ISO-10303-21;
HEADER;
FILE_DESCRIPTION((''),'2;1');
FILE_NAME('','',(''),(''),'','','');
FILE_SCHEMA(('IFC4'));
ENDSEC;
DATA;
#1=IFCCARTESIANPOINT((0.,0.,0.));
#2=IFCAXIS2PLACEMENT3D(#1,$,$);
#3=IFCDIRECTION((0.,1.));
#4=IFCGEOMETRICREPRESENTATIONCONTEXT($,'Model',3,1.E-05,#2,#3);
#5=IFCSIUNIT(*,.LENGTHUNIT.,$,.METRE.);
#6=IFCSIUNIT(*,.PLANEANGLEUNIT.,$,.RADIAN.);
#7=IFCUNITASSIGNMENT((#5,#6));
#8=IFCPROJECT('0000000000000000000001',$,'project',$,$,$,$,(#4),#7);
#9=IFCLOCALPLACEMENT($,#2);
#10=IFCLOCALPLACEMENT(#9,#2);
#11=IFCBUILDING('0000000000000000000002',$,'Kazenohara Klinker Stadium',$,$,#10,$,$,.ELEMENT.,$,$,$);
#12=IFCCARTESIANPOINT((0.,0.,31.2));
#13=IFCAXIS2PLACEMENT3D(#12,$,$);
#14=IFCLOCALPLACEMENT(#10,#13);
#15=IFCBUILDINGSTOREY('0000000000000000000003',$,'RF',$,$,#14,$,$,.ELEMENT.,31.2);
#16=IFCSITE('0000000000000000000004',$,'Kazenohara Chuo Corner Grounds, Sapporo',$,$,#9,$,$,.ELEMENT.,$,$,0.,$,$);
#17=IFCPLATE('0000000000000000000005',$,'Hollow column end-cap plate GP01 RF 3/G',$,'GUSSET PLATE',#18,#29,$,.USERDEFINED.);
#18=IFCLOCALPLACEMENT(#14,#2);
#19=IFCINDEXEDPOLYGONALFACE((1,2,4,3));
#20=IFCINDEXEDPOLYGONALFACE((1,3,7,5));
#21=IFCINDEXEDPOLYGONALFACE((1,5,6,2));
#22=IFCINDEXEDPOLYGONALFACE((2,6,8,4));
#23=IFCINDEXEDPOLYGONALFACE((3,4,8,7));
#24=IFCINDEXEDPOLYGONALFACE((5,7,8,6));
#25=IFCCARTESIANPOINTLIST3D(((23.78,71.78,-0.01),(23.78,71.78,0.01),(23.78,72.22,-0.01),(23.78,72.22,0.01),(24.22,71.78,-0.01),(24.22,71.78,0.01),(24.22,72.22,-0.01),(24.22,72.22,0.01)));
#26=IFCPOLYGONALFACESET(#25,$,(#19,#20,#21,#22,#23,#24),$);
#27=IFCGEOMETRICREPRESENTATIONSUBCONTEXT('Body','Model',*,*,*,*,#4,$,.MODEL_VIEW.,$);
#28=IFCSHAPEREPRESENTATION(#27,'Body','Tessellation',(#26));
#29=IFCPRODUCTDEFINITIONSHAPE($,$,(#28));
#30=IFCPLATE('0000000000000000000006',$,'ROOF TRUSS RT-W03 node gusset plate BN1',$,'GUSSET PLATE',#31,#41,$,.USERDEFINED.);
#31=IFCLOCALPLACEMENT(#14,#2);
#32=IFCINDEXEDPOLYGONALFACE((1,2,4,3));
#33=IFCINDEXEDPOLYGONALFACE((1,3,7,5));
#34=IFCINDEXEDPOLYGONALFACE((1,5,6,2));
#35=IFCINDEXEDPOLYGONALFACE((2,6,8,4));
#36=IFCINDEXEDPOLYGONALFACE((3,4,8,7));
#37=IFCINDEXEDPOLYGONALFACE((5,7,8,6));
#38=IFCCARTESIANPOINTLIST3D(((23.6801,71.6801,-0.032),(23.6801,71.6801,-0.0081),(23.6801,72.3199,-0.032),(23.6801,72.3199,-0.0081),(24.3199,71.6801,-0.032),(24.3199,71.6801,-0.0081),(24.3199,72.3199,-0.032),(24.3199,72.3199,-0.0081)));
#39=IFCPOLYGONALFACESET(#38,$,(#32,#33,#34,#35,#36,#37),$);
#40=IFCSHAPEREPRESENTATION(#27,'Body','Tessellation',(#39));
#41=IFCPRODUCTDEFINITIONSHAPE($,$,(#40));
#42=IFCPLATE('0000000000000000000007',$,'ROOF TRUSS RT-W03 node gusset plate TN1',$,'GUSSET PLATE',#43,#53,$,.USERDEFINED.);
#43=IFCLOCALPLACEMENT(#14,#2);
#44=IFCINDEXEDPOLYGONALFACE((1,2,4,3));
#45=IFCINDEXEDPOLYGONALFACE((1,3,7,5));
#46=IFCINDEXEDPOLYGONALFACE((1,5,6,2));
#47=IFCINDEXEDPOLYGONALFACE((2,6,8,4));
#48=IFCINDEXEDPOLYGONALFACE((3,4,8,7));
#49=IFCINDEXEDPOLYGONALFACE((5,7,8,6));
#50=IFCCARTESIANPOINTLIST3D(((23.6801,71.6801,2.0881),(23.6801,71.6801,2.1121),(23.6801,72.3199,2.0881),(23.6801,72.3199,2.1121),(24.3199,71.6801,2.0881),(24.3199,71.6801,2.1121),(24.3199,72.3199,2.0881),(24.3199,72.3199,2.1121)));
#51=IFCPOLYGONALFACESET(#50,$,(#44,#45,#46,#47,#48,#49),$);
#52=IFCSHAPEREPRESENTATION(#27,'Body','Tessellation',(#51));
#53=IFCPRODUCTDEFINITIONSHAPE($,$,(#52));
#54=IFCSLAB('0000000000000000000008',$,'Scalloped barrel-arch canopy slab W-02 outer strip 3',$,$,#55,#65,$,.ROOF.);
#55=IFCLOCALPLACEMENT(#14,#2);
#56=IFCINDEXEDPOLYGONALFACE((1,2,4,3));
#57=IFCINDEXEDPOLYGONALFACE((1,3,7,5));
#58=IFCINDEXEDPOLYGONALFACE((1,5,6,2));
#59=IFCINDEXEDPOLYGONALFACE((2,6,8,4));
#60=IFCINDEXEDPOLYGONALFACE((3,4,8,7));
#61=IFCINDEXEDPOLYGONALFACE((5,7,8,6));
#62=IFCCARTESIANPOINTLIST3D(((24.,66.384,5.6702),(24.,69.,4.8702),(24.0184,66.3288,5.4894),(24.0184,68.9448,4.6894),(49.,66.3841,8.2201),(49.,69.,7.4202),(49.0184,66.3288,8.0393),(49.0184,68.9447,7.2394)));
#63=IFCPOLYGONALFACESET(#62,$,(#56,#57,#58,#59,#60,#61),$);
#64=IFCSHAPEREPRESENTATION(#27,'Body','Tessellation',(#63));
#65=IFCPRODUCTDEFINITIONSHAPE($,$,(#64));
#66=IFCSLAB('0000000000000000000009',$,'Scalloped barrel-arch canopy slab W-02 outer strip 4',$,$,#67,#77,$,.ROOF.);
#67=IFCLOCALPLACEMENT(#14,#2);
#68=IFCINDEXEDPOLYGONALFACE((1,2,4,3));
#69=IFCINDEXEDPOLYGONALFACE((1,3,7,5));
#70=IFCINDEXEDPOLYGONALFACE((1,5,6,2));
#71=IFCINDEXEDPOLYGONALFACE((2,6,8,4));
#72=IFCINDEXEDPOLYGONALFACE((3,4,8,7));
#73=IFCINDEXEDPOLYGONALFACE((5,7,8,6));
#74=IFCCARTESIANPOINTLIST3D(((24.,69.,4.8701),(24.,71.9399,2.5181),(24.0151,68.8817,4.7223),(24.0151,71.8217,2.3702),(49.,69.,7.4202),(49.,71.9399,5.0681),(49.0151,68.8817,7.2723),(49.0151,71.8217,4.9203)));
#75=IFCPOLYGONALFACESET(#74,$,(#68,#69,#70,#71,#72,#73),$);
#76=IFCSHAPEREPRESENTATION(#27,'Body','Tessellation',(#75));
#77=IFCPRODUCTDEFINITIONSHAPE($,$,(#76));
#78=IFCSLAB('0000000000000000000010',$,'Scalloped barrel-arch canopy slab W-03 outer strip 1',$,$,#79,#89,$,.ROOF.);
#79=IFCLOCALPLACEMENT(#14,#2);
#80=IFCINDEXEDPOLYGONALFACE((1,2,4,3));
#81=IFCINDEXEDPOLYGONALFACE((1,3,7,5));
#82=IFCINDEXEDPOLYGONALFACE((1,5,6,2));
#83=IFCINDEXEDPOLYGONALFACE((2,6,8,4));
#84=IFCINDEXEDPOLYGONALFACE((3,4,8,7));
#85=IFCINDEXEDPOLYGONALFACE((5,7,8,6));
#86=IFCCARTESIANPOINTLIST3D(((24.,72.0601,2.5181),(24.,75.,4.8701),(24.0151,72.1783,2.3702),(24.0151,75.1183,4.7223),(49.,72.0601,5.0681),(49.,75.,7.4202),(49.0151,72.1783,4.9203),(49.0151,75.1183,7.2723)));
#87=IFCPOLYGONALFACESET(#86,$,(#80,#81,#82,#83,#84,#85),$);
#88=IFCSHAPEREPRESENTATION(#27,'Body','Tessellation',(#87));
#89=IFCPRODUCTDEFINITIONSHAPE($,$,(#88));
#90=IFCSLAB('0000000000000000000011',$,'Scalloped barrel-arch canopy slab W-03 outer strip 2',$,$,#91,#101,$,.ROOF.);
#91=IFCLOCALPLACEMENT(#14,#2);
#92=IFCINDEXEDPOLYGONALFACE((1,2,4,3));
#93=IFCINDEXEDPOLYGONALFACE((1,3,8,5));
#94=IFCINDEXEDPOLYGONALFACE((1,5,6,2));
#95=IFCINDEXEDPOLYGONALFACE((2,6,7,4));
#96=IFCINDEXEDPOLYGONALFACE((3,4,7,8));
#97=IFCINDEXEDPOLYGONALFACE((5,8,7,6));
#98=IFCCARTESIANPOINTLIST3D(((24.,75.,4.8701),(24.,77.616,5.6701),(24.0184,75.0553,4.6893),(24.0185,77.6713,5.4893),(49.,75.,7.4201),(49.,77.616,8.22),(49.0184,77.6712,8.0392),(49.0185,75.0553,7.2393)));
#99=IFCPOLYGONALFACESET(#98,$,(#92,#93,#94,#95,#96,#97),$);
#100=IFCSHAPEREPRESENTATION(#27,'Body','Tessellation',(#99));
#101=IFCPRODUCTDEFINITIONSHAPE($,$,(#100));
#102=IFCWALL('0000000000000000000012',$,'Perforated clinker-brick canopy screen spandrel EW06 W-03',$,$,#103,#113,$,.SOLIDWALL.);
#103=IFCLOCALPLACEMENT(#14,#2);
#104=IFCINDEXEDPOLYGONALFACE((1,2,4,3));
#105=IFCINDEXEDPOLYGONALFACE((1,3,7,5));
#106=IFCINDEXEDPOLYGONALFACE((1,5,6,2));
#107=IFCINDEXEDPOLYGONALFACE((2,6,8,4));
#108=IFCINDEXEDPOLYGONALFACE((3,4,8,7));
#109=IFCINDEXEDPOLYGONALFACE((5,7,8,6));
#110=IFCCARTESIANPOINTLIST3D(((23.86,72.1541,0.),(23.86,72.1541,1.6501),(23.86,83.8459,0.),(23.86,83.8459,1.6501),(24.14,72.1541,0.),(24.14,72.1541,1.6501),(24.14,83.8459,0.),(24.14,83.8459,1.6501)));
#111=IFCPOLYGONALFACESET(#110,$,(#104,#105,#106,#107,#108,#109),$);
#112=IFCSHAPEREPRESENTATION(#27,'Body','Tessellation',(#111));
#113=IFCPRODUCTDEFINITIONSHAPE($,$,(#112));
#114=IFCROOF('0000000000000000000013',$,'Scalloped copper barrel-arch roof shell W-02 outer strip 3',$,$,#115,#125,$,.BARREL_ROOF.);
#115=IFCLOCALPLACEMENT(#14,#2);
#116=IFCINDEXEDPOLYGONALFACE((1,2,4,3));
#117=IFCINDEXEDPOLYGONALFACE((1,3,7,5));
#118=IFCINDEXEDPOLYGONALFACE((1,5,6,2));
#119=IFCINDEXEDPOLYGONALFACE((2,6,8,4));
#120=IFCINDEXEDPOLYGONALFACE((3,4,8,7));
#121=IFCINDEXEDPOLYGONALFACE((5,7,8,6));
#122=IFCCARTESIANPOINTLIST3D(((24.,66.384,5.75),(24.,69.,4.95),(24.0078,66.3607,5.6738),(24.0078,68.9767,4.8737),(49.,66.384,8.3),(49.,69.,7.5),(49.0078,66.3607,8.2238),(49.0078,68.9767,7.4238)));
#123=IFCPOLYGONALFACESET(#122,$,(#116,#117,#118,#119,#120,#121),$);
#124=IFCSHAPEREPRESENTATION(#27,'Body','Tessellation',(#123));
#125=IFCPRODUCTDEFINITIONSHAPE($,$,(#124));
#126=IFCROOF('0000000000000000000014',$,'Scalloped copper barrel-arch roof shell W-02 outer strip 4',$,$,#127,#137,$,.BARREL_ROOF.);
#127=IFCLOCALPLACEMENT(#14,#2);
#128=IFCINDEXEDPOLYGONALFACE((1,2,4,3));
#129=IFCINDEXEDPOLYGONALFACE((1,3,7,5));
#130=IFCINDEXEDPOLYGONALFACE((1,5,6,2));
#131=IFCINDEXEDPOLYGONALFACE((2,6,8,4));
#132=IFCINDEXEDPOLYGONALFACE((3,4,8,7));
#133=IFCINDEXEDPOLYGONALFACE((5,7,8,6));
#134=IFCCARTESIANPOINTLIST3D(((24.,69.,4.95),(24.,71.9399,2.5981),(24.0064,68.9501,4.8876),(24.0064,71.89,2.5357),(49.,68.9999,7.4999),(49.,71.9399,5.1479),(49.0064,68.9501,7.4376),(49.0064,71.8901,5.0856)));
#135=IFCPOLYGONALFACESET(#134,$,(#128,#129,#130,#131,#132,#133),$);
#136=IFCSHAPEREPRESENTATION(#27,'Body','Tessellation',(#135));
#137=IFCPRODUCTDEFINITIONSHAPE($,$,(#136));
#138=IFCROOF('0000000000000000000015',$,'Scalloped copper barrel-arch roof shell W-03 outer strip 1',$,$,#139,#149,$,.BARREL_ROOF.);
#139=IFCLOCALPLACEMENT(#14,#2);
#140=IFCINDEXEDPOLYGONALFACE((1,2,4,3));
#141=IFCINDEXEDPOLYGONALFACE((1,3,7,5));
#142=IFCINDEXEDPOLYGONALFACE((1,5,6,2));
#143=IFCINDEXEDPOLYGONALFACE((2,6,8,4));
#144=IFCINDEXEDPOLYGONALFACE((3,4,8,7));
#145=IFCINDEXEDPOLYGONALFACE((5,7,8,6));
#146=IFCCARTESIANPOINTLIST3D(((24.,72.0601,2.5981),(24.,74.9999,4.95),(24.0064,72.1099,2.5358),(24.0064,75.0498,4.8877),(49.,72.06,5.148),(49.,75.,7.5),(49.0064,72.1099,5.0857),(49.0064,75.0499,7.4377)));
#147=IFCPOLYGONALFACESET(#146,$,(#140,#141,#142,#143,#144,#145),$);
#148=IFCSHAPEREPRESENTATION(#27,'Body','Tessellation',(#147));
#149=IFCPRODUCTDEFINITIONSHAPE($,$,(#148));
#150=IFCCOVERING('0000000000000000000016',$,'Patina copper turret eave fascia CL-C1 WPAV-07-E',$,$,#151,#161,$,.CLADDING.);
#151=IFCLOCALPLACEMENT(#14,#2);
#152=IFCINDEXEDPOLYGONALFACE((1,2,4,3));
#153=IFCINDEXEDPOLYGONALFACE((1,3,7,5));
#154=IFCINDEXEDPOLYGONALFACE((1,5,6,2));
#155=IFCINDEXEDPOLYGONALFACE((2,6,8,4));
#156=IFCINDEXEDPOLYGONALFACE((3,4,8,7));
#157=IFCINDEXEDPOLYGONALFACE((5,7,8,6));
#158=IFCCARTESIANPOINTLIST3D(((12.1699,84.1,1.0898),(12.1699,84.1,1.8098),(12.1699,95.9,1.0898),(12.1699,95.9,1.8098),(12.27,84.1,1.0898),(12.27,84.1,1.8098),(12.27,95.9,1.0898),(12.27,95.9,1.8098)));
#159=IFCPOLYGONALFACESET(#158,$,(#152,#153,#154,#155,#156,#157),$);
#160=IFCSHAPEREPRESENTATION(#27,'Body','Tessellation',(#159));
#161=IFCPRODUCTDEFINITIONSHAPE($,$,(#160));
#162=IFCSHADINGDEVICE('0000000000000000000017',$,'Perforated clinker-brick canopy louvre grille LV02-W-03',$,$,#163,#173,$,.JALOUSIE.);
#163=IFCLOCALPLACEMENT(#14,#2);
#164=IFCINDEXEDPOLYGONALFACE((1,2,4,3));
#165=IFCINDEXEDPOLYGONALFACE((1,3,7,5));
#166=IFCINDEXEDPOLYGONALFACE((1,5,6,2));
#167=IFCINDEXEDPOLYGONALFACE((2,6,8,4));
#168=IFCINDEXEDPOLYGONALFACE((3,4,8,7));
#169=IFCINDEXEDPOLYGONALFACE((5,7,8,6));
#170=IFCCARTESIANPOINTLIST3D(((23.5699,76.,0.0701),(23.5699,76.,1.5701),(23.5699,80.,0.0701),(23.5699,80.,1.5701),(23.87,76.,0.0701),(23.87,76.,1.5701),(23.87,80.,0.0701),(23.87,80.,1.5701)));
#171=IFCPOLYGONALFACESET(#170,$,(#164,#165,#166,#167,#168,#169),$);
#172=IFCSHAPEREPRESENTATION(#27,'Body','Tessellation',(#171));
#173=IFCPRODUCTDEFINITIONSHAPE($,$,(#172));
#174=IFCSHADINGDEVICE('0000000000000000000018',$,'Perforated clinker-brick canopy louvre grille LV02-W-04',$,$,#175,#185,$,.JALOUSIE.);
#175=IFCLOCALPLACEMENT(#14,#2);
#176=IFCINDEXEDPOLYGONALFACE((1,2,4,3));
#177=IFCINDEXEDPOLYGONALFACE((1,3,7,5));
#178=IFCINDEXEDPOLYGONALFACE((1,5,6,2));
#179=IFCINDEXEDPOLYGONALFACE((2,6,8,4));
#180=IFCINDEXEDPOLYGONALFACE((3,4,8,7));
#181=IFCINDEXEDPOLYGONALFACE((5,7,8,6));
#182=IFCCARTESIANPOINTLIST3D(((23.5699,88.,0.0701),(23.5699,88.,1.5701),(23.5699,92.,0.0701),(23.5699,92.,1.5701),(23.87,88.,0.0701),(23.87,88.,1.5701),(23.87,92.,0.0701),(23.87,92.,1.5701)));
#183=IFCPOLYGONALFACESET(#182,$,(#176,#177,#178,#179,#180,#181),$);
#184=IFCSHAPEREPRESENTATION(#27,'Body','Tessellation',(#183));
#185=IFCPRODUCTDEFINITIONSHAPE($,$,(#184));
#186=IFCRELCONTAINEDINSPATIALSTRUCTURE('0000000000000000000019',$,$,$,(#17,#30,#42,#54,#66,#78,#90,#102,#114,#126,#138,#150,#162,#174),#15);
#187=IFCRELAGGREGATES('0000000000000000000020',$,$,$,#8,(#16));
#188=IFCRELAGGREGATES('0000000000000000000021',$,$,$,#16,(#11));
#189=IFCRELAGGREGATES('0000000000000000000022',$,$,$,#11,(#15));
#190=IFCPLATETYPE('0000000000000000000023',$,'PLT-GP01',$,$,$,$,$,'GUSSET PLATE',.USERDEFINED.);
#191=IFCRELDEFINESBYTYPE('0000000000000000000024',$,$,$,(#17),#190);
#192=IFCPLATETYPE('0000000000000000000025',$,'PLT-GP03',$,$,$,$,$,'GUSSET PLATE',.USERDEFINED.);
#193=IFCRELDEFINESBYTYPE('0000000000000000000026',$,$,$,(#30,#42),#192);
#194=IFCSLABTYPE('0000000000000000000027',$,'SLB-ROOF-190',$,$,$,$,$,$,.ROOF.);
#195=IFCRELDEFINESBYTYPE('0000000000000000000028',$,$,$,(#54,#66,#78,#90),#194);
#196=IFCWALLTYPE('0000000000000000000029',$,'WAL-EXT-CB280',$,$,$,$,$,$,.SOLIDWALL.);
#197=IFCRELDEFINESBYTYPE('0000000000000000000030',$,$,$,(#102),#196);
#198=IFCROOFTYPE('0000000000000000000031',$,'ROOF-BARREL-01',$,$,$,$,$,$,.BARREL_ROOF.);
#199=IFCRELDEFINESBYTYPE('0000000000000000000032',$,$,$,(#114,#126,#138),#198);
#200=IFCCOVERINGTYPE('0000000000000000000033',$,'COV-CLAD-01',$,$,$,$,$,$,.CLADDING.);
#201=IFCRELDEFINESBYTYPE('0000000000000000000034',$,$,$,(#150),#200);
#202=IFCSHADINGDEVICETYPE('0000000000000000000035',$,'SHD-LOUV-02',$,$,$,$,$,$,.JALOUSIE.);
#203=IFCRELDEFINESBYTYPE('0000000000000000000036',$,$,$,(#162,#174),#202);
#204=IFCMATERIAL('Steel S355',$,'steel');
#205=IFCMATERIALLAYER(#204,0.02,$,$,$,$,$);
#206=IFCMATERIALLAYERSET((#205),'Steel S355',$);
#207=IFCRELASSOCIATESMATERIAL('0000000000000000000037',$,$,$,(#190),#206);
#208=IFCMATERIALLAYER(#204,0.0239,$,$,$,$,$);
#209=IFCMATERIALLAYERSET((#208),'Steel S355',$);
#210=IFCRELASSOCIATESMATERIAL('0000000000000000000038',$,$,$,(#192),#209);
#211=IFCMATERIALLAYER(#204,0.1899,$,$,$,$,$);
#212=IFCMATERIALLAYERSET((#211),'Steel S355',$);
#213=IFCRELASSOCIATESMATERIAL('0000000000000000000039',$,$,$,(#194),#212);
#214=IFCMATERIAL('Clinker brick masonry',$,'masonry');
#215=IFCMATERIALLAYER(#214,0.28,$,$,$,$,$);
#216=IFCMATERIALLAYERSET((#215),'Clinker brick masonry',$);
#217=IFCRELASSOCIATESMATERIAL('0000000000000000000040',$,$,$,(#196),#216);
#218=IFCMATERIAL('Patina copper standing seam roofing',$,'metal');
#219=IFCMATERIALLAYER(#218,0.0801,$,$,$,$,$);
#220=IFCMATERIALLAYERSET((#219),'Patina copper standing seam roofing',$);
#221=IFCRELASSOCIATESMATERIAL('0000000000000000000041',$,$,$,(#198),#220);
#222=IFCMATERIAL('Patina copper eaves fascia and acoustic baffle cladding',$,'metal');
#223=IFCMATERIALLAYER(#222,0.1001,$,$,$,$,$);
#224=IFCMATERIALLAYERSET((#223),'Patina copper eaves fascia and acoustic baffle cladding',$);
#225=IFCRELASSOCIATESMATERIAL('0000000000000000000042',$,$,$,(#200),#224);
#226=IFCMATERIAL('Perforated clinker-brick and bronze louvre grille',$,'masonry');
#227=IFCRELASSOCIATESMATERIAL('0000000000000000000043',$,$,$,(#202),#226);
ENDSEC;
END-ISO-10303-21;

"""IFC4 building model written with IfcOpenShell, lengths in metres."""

from ifc_helpers import new_model, si_unit, direction, frame, frame_2d, origin, origin_2d, place, context, subcontext, project, spatial, polyline, rectangle, outline, extrude, material, layer, layer_set, type_object, element, save


model = new_model("IFC4")

# Units and contexts
model_context = context("Model", 3, precision=1e-05, world=origin(), true_north=direction((0.0, 1.0)))
body_context = subcontext(model_context, "Body", "Model", "MODEL_VIEW")
ifc_project = project(units=[si_unit("LENGTHUNIT", "METRE"), si_unit("PLANEANGLEUNIT", "RADIAN")], contexts=[model_context])

# Site, building, storey
site_placement = place(None, origin())
site = spatial("IfcSite", under=ifc_project, at=site_placement, Name="Kazenohara Chuo Corner Grounds, Sapporo", CompositionType="ELEMENT", RefElevation=0.0)
building_placement = place(site_placement, origin())
building = spatial("IfcBuilding", under=site, at=building_placement, Name="Kazenohara Klinker Stadium", CompositionType="ELEMENT")
storey_placement = place(building_placement, frame((0.0, 0.0, 31.2)))
storey = spatial("IfcBuildingStorey", under=building, at=storey_placement, Name="RF", CompositionType="ELEMENT", Elevation=31.2)

# Shared definitions
ifc_material_1 = material(Name="Steel S355", Category="steel")

# Plates
ifc_layer_1 = layer(ifc_material_1, 0.02)
ifc_layer_set_1 = layer_set([ifc_layer_1], Name="Steel S355")
plate_type_1 = type_object("IfcPlateType", Name="PLT-GP01", ElementType="GUSSET PLATE", PredefinedType="USERDEFINED", material=ifc_layer_set_1)
plate_1_placement = place(storey_placement, frame((24.0, 72.0, -0.01), z_axis=(0.0, 0.0, 1.0), x_axis=(1.0, 0.0, 0.0)))
element("IfcPlate", 1, at=plate_1_placement, inside=storey, type_object=plate_type_1, Name="Hollow column end-cap plate GP01 RF 3/G", ObjectType="GUSSET PLATE", PredefinedType="USERDEFINED", context=body_context, shape_type="SweptSolid", body=[
    extrude(rectangle(XDim=0.4399, YDim=0.4399, at=origin_2d()), origin(), (0.0, 0.0, 1.0), 0.02),
])
ifc_layer_2 = layer(ifc_material_1, 0.0239)
ifc_layer_set_2 = layer_set([ifc_layer_2], Name="Steel S355")
plate_type_2 = type_object("IfcPlateType", Name="PLT-GP03", ElementType="GUSSET PLATE", PredefinedType="USERDEFINED", material=ifc_layer_set_2)
for number, where, z_axis, x_axis, name in (
    (2, (24.0, 72.0, -0.032), (0.0, 0.0, 1.0), (1.0, 0.0, 0.0), "ROOF TRUSS RT-W03 node gusset plate BN1"),
    (3, (24.0, 72.0, 2.0881), (0.0, 0.0, 1.0), (1.0, 0.0, 0.0), "ROOF TRUSS RT-W03 node gusset plate TN1"),
):
    element("IfcPlate", number, at=place(storey_placement, frame(where, z_axis=z_axis, x_axis=x_axis)), inside=storey, type_object=plate_type_2, Name=name, ObjectType="GUSSET PLATE", PredefinedType="USERDEFINED", context=body_context, shape_type="SweptSolid", body=[
        extrude(rectangle(XDim=0.6399, YDim=0.6399, at=origin_2d()), origin(), (0.0, 0.0, 1.0), 0.0239),
    ])

# Slabs
ifc_layer_3 = layer(ifc_material_1, 0.1899)
ifc_layer_set_3 = layer_set([ifc_layer_3], Name="Steel S355")
slab_type = type_object("IfcSlabType", Name="SLB-ROOF-190", PredefinedType="ROOF", material=ifc_layer_set_3)
slab_1_placement = place(storey_placement, frame((24.0, 66.384, 5.6702), z_axis=(-0.097078, 0.291039, 0.951773), x_axis=(0.994839, 0.000001, 0.10147)))
element("IfcSlab", 4, at=slab_1_placement, inside=storey, type_object=slab_type, Name="Scalloped barrel-arch canopy slab W-02 outer strip 3", PredefinedType="ROOF", context=body_context, shape_type="SweptSolid", body=[
    extrude(outline(polyline([(0.0, 0.0), (25.1297, 0.0), (25.0485, 2.7343), (-0.0812, 2.7344), (0.0, 0.0)])), origin(), (0.0, 0.0, -1.0), 0.1899),
])
slab_2_placement = place(storey_placement, frame((24.0, 69.0, 4.8701), z_axis=(-0.079397, 0.622739, 0.778391), x_axis=(0.994838, 0.0, 0.101475)))
element("IfcSlab", 5, at=slab_2_placement, inside=storey, type_object=slab_type, Name="Scalloped barrel-arch canopy slab W-02 outer strip 4", PredefinedType="ROOF", context=body_context, shape_type="SweptSolid", body=[
    extrude(outline(polyline([(0.0, 0.0), (25.1297, 0.0), (24.891, 3.7575), (-0.2387, 3.7575), (0.0, 0.0)])), origin(), (0.0, 0.0, -1.0), 0.1899),
])
slab_3_placement = place(storey_placement, frame((24.0, 72.0601, 2.5181), z_axis=(-0.079397, -0.622739, 0.778391), x_axis=(0.994838, 0.0, 0.101475)))
element("IfcSlab", 6, at=slab_3_placement, inside=storey, type_object=slab_type, Name="Scalloped barrel-arch canopy slab W-03 outer strip 1", PredefinedType="ROOF", context=body_context, shape_type="SweptSolid", body=[
    extrude(outline(polyline([(0.0, 0.0), (25.1297, 0.0), (25.3684, 3.7575), (0.2387, 3.7575), (0.0, 0.0)])), origin(), (0.0, 0.0, -1.0), 0.1899),
])
slab_4_placement = place(storey_placement, frame((24.0, 75.0, 4.8701), z_axis=(-0.097078, -0.291039, 0.951773), x_axis=(0.994838, 0.000001, 0.101471)))
element("IfcSlab", 7, at=slab_4_placement, inside=storey, type_object=slab_type, Name="Scalloped barrel-arch canopy slab W-03 outer strip 2", PredefinedType="ROOF", context=body_context, shape_type="SweptSolid", body=[
    extrude(outline(polyline([(0.0, 0.0), (25.1297, 0.0), (25.2109, 2.7343), (0.0812, 2.7344), (0.0, 0.0)])), origin(), (0.0, 0.0, -1.0), 0.1899),
])

# Wall
ifc_material_2 = material(Name="Clinker brick masonry", Category="masonry")
ifc_layer_4 = layer(ifc_material_2, 0.28)
ifc_layer_set_4 = layer_set([ifc_layer_4], Name="Clinker brick masonry")
wall_type = type_object("IfcWallType", Name="WAL-EXT-CB280", PredefinedType="SOLIDWALL", material=ifc_layer_set_4)
wall_placement = place(storey_placement, frame((24.0, 72.1541, 0.0), z_axis=(0.0, 0.0, 1.0), x_axis=(0.0, 1.0, 0.0)))
element("IfcWall", 8, at=wall_placement, inside=storey, type_object=wall_type, Name="Perforated clinker-brick canopy screen spandrel EW06 W-03", PredefinedType="SOLIDWALL", context=body_context, shape_type="SweptSolid", body=[
    extrude(rectangle(XDim=11.6919, YDim=0.28, at=frame_2d((5.8459, 0.0))), origin(), (0.0, 0.0, 1.0), 1.6501),
])

# Roofs
ifc_material_3 = material(Name="Patina copper standing seam roofing", Category="metal")
ifc_layer_5 = layer(ifc_material_3, 0.0801)
ifc_layer_set_5 = layer_set([ifc_layer_5], Name="Patina copper standing seam roofing")
roof_type = type_object("IfcRoofType", Name="ROOF-BARREL-01", PredefinedType="BARREL_ROOF", material=ifc_layer_set_5)
roof_1_placement = place(storey_placement, frame((24.0, 66.384, 5.75), z_axis=(-0.097081, 0.29108, 0.95176), x_axis=(0.994838, 0.0, 0.101475)))
element("IfcRoof", 9, at=roof_1_placement, inside=storey, type_object=roof_type, Name="Scalloped copper barrel-arch roof shell W-02 outer strip 3", PredefinedType="BARREL_ROOF", context=body_context, shape_type="SweptSolid", body=[
    extrude(outline(polyline([(0.0, 0.0), (25.1297, 0.0), (25.0485, 2.7344), (-0.0812, 2.7344), (0.0, 0.0)])), origin(), (0.0, 0.0, -1.0), 0.0801),
])
roof_2_placement = place(storey_placement, frame((24.0, 69.0, 4.95), z_axis=(-0.079395, 0.622719, 0.778407), x_axis=(0.994838, -0.000002, 0.101472)))
element("IfcRoof", 10, at=roof_2_placement, inside=storey, type_object=roof_type, Name="Scalloped copper barrel-arch roof shell W-02 outer strip 4", PredefinedType="BARREL_ROOF", context=body_context, shape_type="SweptSolid", body=[
    extrude(outline(polyline([(0.0, 0.0), (25.1297, 0.0), (24.891, 3.7575), (-0.2387, 3.7573), (0.0, 0.0)])), origin(), (0.0, 0.0, -1.0), 0.0801),
])
roof_3_placement = place(storey_placement, frame((24.0, 72.0601, 2.5981), z_axis=(-0.079395, -0.622719, 0.778407), x_axis=(0.994839, -0.000002, 0.101469)))
element("IfcRoof", 11, at=roof_3_placement, inside=storey, type_object=roof_type, Name="Scalloped copper barrel-arch roof shell W-03 outer strip 1", PredefinedType="BARREL_ROOF", context=body_context, shape_type="SweptSolid", body=[
    extrude(outline(polyline([(0.0, 0.0), (25.1297, 0.0), (25.3683, 3.7575), (0.2386, 3.7573), (0.0, 0.0)])), origin(), (0.0, 0.0, -1.0), 0.0801),
])

# Covering
ifc_material_4 = material(Name="Patina copper eaves fascia and acoustic baffle cladding", Category="metal")
ifc_layer_6 = layer(ifc_material_4, 0.1001)
ifc_layer_set_6 = layer_set([ifc_layer_6], Name="Patina copper eaves fascia and acoustic baffle cladding")
covering_type = type_object("IfcCoveringType", Name="COV-CLAD-01", PredefinedType="CLADDING", material=ifc_layer_set_6)
covering_placement = place(storey_placement, frame((12.22, 90.0, 1.0898), z_axis=(0.0, 0.0, 1.0), x_axis=(1.0, 0.0, 0.0)))
element("IfcCovering", 12, at=covering_placement, inside=storey, type_object=covering_type, Name="Patina copper turret eave fascia CL-C1 WPAV-07-E", PredefinedType="CLADDING", context=body_context, shape_type="SweptSolid", body=[
    extrude(rectangle(XDim=0.1001, YDim=11.8, at=origin_2d()), origin(), (0.0, 0.0, 1.0), 0.72),
])

# Shading devices
ifc_material_5 = material(Name="Perforated clinker-brick and bronze louvre grille", Category="masonry")
shading_device_type = type_object("IfcShadingDeviceType", Name="SHD-LOUV-02", PredefinedType="JALOUSIE", material=ifc_material_5)
for number, where, z_axis, x_axis, name in (
    (13, (23.72, 78.0, 0.0701), (0.0, 0.0, 1.0), (0.0, 1.0, 0.0), "Perforated clinker-brick canopy louvre grille LV02-W-03"),
    (14, (23.72, 90.0, 0.0701), (0.0, 0.0, 1.0), (0.0, 1.0, 0.0), "Perforated clinker-brick canopy louvre grille LV02-W-04"),
):
    element("IfcShadingDevice", number, at=place(storey_placement, frame(where, z_axis=z_axis, x_axis=x_axis)), inside=storey, type_object=shading_device_type, Name=name, PredefinedType="JALOUSIE", context=body_context, shape_type="SweptSolid", body=[
        extrude(rectangle(XDim=4.0, YDim=0.3, at=origin_2d()), origin(), (0.0, 0.0, 1.0), 1.5),
    ])

save(model, "model.ifc")
